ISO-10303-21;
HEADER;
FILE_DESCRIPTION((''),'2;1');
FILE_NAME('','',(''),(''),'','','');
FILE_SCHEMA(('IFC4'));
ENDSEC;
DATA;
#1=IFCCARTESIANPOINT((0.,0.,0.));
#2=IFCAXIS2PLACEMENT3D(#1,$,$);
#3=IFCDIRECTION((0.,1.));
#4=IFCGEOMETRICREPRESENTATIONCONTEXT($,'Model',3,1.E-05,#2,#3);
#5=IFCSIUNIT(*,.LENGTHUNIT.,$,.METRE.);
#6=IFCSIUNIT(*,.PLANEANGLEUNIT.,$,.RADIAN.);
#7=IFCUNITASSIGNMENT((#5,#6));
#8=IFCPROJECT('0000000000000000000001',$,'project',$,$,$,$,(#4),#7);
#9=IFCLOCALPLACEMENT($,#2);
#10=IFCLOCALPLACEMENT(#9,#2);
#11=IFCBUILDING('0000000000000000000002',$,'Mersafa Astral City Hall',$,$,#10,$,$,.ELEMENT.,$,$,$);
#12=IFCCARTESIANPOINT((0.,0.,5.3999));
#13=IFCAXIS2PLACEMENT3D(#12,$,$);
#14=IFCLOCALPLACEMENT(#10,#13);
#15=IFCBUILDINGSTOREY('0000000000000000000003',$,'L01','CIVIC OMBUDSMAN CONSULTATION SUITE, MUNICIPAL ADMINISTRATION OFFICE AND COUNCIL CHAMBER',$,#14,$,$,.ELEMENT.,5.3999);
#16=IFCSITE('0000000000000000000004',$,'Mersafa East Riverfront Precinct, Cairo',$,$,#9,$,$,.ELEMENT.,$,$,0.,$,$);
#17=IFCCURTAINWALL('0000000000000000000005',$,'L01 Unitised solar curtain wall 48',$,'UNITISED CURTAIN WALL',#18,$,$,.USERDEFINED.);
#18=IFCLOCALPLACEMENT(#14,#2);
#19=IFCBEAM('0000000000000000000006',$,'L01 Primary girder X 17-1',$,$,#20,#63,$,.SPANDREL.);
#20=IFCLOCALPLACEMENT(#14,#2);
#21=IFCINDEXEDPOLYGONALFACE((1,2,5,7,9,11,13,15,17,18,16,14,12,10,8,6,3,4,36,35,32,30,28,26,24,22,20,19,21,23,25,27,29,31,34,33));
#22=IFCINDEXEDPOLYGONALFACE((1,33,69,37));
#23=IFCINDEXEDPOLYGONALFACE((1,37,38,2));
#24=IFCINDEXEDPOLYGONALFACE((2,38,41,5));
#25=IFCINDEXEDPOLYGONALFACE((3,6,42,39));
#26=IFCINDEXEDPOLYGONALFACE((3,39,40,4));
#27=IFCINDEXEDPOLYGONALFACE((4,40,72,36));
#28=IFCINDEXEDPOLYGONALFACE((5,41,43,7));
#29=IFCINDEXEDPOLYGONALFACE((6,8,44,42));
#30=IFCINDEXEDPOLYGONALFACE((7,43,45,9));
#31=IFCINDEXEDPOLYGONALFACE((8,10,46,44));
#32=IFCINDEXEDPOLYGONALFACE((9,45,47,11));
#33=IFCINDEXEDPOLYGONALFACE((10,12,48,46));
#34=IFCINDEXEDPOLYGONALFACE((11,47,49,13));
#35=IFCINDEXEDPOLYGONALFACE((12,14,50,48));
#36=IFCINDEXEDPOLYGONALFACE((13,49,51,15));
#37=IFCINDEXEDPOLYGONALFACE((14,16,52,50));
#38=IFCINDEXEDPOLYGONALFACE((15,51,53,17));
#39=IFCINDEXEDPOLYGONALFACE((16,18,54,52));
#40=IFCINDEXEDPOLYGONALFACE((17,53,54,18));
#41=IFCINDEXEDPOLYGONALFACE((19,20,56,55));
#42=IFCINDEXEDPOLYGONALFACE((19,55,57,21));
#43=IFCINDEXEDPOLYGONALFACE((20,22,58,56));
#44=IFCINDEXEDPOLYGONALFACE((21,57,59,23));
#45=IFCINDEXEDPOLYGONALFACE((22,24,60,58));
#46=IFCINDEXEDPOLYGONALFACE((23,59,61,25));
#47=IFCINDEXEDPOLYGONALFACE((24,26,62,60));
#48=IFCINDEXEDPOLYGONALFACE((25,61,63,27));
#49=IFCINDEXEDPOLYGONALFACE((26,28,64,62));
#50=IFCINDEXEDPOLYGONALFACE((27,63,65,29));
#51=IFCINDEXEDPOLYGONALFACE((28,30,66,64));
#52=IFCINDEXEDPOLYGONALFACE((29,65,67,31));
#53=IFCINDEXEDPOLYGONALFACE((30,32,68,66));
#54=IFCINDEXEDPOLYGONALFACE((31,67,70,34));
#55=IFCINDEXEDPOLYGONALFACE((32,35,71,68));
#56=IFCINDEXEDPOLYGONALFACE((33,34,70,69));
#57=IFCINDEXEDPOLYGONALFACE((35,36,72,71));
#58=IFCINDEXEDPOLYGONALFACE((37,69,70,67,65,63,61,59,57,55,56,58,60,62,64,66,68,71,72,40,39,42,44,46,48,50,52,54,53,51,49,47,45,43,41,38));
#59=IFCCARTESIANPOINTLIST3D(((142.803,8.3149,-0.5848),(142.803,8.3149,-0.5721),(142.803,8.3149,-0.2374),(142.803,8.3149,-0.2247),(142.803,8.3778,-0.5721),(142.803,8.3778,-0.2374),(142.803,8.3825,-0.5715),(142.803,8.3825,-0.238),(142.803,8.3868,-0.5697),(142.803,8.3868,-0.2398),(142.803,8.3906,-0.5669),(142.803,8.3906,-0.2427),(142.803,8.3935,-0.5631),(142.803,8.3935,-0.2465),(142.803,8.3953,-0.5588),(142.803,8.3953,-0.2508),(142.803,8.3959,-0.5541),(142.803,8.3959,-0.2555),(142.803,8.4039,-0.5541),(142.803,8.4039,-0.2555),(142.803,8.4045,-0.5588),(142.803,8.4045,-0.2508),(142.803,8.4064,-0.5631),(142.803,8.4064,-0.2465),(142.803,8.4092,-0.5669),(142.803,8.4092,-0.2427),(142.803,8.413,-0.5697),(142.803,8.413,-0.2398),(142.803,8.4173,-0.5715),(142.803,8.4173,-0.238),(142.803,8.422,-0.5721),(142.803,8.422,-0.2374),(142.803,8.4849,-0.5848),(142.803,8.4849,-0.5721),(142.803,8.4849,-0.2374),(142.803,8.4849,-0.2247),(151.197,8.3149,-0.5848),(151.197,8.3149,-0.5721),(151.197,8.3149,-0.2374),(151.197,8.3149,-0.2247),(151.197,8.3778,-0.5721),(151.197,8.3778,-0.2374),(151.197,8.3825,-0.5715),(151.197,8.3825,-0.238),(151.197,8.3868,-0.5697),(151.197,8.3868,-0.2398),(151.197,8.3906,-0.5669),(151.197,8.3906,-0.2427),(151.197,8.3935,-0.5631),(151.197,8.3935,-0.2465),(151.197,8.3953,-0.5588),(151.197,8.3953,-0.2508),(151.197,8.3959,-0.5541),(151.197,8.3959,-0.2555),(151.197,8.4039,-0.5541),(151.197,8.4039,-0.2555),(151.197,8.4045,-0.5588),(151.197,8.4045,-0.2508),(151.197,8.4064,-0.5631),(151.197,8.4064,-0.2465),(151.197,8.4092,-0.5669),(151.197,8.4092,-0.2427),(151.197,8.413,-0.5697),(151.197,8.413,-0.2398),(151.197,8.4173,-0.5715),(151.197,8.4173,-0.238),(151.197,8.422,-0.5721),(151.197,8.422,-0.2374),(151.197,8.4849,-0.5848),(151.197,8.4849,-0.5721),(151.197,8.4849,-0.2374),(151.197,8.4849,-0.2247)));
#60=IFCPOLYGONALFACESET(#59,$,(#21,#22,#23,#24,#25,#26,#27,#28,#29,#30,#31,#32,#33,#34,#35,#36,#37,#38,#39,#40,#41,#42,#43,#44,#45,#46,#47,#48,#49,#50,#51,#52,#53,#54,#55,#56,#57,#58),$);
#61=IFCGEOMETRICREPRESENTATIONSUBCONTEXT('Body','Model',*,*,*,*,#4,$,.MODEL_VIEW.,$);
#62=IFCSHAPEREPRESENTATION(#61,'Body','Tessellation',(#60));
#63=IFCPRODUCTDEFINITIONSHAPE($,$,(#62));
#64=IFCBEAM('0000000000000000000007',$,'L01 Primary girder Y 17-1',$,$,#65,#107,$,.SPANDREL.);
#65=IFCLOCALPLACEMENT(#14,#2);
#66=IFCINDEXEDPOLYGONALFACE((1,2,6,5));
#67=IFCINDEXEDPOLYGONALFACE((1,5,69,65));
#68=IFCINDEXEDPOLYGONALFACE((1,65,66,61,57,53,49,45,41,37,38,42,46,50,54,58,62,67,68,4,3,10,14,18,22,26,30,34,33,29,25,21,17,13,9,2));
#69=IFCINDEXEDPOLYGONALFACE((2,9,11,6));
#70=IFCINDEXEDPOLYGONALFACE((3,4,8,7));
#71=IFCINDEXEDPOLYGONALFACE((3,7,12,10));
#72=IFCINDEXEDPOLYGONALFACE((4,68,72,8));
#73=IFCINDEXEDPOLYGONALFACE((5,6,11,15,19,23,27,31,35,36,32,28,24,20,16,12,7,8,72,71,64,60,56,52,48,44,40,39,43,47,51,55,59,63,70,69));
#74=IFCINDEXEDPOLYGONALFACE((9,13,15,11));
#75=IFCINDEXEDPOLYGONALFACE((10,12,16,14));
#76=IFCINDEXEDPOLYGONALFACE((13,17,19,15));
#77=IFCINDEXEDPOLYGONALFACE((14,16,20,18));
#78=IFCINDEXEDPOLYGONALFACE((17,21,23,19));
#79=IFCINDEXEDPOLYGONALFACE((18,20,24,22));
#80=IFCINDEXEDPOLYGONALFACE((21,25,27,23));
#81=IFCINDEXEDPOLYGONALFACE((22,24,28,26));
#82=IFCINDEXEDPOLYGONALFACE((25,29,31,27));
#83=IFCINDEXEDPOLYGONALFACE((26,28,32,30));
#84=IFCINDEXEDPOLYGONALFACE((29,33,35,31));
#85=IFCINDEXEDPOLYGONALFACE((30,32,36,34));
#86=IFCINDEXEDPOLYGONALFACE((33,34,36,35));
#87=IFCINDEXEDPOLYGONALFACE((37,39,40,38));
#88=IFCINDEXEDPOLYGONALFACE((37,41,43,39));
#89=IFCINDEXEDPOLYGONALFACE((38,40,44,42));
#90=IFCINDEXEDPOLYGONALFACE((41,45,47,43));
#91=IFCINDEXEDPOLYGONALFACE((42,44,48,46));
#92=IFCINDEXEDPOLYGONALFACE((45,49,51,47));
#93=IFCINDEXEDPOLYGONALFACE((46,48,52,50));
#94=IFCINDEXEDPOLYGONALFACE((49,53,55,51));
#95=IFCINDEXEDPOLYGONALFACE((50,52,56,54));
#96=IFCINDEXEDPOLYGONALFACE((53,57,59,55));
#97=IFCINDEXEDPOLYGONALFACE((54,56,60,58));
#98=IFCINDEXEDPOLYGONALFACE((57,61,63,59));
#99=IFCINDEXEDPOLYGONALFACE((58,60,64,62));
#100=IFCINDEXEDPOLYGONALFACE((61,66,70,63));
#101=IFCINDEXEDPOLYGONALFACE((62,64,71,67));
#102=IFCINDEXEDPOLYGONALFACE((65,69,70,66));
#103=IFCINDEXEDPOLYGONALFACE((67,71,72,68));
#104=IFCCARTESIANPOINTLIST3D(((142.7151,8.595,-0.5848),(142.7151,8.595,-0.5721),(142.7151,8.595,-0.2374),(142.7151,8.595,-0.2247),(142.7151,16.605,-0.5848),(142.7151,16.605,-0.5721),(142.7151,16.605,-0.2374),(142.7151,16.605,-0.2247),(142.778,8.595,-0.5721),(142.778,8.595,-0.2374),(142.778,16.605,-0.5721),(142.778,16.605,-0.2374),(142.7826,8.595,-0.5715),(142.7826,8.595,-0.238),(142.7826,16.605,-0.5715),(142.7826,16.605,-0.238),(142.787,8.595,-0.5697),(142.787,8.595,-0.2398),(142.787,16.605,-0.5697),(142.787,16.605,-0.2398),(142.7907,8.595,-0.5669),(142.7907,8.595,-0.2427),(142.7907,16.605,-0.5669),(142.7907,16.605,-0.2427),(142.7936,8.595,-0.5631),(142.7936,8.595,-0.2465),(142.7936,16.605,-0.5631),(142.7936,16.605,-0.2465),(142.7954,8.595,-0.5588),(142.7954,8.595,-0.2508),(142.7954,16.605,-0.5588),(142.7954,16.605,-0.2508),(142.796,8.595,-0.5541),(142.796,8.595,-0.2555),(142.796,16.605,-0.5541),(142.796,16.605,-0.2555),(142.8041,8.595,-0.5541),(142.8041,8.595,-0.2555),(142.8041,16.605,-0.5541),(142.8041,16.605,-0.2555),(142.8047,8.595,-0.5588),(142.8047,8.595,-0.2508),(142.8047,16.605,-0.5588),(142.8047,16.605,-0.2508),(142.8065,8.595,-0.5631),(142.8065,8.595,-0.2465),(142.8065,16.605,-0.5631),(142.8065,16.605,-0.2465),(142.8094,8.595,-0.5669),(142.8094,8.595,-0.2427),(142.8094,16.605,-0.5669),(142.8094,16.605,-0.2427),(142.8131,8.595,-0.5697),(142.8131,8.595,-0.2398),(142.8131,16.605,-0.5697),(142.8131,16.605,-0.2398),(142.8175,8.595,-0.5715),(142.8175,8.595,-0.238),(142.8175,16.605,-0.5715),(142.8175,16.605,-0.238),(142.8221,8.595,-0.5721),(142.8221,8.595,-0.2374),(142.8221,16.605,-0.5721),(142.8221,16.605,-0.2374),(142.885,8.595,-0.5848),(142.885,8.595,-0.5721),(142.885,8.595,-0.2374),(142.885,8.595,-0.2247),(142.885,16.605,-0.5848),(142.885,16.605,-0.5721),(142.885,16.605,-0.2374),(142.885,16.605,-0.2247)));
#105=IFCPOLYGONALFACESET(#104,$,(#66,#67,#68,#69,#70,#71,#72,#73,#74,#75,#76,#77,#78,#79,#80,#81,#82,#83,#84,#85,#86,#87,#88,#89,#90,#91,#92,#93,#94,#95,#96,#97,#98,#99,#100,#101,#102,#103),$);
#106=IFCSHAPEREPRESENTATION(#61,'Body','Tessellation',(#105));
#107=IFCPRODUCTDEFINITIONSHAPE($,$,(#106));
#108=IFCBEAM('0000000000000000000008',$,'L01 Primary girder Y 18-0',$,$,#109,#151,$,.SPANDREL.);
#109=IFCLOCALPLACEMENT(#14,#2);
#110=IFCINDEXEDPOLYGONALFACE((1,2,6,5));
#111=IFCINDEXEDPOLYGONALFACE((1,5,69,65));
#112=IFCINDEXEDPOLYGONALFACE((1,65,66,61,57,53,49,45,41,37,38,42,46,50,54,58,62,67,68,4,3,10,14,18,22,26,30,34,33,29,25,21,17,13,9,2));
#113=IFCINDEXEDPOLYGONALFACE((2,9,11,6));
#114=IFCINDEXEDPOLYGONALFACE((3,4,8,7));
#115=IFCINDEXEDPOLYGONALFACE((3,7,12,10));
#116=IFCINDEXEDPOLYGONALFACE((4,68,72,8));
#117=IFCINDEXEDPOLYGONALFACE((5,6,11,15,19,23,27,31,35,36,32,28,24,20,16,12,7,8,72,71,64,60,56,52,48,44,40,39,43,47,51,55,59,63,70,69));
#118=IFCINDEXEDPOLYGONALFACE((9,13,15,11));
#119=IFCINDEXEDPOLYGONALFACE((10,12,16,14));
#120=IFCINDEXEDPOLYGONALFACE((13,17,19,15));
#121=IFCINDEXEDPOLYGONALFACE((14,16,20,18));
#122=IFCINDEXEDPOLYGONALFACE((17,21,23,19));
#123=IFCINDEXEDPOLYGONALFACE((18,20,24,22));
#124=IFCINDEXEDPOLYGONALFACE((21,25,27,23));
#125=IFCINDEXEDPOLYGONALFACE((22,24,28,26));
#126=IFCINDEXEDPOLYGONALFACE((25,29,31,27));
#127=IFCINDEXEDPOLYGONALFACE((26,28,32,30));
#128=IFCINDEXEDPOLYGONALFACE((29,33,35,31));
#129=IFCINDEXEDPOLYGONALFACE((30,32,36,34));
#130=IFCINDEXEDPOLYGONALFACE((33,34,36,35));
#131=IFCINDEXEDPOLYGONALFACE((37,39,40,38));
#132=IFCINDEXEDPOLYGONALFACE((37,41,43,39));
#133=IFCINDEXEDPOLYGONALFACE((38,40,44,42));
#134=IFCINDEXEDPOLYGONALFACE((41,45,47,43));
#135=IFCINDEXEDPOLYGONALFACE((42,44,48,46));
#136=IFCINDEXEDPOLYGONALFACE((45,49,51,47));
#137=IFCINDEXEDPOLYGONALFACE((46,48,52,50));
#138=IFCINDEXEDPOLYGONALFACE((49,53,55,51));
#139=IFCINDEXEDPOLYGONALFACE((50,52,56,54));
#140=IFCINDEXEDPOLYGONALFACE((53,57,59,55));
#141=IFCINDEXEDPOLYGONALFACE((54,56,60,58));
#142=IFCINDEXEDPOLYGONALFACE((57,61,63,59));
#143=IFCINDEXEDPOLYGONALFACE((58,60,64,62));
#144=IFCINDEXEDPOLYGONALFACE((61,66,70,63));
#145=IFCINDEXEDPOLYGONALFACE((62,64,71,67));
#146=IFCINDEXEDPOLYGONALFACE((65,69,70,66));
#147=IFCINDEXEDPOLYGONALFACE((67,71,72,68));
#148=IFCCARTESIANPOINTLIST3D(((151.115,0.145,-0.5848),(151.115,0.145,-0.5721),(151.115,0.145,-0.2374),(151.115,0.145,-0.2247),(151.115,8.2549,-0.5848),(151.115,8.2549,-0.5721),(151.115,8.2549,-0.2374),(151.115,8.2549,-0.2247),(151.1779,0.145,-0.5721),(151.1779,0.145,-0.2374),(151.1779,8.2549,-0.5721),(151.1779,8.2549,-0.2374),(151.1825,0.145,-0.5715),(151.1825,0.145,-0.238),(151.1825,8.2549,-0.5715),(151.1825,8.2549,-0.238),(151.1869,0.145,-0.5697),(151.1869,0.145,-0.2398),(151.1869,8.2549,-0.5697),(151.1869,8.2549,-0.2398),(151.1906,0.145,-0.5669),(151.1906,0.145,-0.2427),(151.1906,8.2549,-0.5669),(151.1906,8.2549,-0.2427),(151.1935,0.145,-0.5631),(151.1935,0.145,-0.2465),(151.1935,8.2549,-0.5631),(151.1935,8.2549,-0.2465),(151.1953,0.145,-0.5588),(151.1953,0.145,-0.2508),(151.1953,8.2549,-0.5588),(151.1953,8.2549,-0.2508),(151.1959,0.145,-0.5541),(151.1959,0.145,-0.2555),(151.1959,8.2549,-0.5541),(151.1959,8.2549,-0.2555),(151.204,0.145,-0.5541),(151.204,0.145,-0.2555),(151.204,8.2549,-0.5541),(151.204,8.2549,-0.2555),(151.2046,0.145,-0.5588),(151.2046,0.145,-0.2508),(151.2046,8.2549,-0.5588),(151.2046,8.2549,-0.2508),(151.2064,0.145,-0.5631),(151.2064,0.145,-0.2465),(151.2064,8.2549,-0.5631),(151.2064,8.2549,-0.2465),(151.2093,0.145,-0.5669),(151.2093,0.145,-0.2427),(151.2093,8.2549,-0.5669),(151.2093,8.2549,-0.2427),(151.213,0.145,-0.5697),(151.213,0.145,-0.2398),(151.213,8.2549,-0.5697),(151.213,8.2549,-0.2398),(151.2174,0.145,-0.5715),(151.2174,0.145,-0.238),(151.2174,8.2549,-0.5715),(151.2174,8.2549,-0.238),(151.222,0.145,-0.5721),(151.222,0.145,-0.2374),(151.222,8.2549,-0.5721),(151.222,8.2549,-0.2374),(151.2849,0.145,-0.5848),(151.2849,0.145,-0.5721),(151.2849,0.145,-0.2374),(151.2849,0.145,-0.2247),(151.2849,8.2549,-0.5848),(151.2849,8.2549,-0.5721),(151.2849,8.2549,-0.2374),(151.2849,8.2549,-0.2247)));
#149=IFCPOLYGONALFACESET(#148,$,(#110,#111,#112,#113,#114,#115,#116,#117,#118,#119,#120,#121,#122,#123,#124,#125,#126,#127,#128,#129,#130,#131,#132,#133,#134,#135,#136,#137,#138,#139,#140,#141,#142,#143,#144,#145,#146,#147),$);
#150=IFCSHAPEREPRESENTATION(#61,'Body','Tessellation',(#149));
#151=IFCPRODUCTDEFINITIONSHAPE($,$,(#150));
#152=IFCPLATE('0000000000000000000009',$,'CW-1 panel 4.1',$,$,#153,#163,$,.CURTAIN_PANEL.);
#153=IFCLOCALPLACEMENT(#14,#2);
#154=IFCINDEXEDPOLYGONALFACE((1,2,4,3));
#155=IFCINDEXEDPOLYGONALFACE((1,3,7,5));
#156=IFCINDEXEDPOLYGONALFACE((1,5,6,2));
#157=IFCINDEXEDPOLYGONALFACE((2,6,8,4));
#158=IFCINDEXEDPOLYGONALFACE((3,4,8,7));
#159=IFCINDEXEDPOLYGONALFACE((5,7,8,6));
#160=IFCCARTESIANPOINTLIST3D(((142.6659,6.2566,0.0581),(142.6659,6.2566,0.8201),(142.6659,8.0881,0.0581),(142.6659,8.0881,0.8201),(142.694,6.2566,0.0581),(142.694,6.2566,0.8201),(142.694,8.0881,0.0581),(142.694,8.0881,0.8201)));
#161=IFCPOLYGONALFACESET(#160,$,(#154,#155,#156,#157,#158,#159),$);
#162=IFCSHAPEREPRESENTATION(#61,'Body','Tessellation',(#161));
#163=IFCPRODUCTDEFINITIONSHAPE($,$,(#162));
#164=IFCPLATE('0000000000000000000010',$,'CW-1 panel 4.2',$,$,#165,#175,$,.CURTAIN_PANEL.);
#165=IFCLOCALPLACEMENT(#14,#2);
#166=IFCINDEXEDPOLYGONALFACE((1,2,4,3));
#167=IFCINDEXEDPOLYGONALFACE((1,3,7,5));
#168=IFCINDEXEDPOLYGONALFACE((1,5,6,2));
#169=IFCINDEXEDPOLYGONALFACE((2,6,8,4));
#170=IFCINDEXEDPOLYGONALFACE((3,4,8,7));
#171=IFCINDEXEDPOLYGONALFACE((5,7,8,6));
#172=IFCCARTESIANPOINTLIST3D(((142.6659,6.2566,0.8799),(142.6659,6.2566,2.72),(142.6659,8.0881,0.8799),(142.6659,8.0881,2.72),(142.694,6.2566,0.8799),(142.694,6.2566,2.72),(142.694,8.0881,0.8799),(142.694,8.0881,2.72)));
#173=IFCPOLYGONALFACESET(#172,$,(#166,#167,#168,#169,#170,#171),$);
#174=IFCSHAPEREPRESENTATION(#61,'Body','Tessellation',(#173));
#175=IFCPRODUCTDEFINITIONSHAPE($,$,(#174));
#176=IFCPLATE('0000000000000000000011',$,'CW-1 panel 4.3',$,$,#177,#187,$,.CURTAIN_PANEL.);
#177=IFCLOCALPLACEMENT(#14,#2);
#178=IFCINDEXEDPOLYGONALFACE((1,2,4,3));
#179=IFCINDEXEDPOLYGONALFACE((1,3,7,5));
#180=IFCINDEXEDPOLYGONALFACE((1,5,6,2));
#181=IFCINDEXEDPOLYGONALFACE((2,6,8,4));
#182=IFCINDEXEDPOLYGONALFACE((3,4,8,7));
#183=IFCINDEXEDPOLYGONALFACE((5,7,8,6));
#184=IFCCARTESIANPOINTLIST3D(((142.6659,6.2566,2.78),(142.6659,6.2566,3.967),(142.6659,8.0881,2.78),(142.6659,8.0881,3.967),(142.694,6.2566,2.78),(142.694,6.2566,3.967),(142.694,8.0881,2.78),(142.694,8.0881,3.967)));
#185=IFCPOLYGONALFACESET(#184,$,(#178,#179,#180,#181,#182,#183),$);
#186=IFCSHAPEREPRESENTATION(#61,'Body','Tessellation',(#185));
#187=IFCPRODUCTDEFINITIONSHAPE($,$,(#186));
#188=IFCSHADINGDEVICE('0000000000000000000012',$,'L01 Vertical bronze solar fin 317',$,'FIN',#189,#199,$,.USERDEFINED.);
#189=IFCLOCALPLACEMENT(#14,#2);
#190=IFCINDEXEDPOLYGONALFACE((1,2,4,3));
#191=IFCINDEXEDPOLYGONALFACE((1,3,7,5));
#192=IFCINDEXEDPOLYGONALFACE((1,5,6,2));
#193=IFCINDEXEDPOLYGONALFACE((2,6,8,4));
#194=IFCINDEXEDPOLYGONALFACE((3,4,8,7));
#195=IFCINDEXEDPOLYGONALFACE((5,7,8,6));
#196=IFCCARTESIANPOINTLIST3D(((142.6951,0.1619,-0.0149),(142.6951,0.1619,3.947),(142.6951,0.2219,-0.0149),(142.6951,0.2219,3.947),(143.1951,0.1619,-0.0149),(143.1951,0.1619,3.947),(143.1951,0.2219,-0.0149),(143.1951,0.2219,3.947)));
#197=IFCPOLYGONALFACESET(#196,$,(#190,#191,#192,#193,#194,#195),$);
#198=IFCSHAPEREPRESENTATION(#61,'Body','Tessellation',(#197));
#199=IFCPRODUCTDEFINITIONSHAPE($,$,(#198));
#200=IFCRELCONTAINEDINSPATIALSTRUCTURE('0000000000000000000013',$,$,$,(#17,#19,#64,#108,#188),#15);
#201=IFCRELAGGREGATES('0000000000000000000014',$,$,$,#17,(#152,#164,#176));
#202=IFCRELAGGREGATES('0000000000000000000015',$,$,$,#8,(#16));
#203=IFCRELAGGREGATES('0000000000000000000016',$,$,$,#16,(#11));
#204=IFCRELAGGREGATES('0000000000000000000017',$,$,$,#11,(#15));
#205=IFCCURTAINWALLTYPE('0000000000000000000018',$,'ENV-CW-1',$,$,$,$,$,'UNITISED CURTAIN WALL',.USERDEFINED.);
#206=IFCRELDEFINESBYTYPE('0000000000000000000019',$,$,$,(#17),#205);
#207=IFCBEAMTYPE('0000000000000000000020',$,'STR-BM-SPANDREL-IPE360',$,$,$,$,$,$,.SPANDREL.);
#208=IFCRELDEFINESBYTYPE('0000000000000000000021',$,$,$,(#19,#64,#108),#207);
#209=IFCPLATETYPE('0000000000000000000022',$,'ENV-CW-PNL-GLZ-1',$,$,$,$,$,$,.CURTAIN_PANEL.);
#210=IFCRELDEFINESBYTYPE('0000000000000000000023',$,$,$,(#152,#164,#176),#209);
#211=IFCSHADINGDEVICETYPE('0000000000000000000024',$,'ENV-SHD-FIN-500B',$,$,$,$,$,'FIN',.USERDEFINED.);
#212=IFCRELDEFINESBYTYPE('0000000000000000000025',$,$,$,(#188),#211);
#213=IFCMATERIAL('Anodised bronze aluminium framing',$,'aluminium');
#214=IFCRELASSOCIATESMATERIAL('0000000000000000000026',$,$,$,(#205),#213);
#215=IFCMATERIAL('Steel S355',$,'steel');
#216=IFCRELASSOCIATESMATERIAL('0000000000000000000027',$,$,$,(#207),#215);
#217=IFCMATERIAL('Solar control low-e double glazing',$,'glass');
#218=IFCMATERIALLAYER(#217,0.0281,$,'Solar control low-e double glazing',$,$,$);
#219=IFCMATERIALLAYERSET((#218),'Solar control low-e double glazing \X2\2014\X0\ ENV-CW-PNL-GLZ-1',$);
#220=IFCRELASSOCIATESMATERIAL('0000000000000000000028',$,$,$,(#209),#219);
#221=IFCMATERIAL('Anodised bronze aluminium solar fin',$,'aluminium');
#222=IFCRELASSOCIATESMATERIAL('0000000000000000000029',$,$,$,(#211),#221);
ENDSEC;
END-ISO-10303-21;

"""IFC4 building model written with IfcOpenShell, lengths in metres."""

from ifc_helpers import new_model, si_unit, direction, frame, origin, origin_2d, place, context, subcontext, project, spatial, rectangle, i_section, extrude, material, layer, layer_set, material_profile, profile_set, type_object, element, aggregate, save


model = new_model("IFC4")

# Units and contexts
model_context = context("Model", 3, precision=1e-05, world=origin(), true_north=direction((0.0, 1.0)))
body_context = subcontext(model_context, "Body", "Model", "MODEL_VIEW")
ifc_project = project(units=[si_unit("LENGTHUNIT", "METRE"), si_unit("PLANEANGLEUNIT", "RADIAN")], contexts=[model_context])

# Site, building, storey
site_placement = place(None, origin())
site = spatial("IfcSite", under=ifc_project, at=site_placement, Name="Mersafa East Riverfront Precinct, Cairo", CompositionType="ELEMENT", RefElevation=0.0)
building_placement = place(site_placement, origin())
building = spatial("IfcBuilding", under=site, at=building_placement, Name="Mersafa Astral City Hall", CompositionType="ELEMENT")
storey_placement = place(building_placement, frame((0.0, 0.0, 5.3999)))
storey = spatial("IfcBuildingStorey", under=building, at=storey_placement, Name="L01", Description="CIVIC OMBUDSMAN CONSULTATION SUITE, MUNICIPAL ADMINISTRATION OFFICE AND COUNCIL CHAMBER", CompositionType="ELEMENT", Elevation=5.3999)

# Shared definitions
ifc_material_1 = material(Name="Steel S355", Category="steel")

# Curtain wall
ifc_material_2 = material(Name="Anodised bronze aluminium framing", Category="aluminium")
curtain_wall_type_1 = type_object("IfcCurtainWallType", Name="ENV-CW-1", ElementType="UNITISED CURTAIN WALL", PredefinedType="USERDEFINED", material=ifc_material_2)
curtain_wall_1_placement = place(storey_placement, origin())
curtain_wall_1 = element("IfcCurtainWall", 1, at=curtain_wall_1_placement, inside=storey, type_object=curtain_wall_type_1, Name="L01 Unitised solar curtain wall 48", ObjectType="UNITISED CURTAIN WALL", PredefinedType="USERDEFINED")

# Beams
ifc_material_profile_1 = material_profile(ifc_material_1, i_section(OverallWidth=0.1699, OverallDepth=0.3601, WebThickness=0.0081, FlangeThickness=0.0127, FilletRadius=0.0181, at=origin_2d()), Name="IPE 360")
ifc_profile_set_1 = profile_set([ifc_material_profile_1], Name="Steel S355")
beam_type_1 = type_object("IfcBeamType", Name="STR-BM-SPANDREL-IPE360", PredefinedType="SPANDREL", material=ifc_profile_set_1)
beam_1_placement = place(storey_placement, frame((142.803, 8.3999, -0.4048), z_axis=(1.0, 0.0, 0.0), x_axis=(0.0, 1.0, 0.0)))
element("IfcBeam", 2, at=beam_1_placement, inside=storey, type_object=beam_type_1, Name="L01 Primary girder X 17-1", PredefinedType="SPANDREL", context=body_context, shape_type="SweptSolid", body=[
    extrude(i_section(OverallWidth=0.1699, OverallDepth=0.3601, WebThickness=0.0081, FlangeThickness=0.0127, FilletRadius=0.0181, at=origin_2d()), origin(), (0.0, 0.0, 1.0), 8.394),
])
beam_2_placement = place(storey_placement, frame((142.8, 8.595, -0.4048), z_axis=(0.0, 1.0, 0.0), x_axis=(-1.0, 0.0, 0.0)))
element("IfcBeam", 3, at=beam_2_placement, inside=storey, type_object=beam_type_1, Name="L01 Primary girder Y 17-1", PredefinedType="SPANDREL", context=body_context, shape_type="SweptSolid", body=[
    extrude(i_section(OverallWidth=0.1699, OverallDepth=0.3601, WebThickness=0.0081, FlangeThickness=0.0127, FilletRadius=0.0181, at=origin_2d()), origin(), (0.0, 0.0, 1.0), 8.01),
])
beam_3_placement = place(storey_placement, frame((151.2, 0.145, -0.4048), z_axis=(0.0, 1.0, 0.0), x_axis=(-1.0, 0.0, 0.0)))
element("IfcBeam", 4, at=beam_3_placement, inside=storey, type_object=beam_type_1, Name="L01 Primary girder Y 18-0", PredefinedType="SPANDREL", context=body_context, shape_type="SweptSolid", body=[
    extrude(i_section(OverallWidth=0.1699, OverallDepth=0.3601, WebThickness=0.0081, FlangeThickness=0.0127, FilletRadius=0.0181, at=origin_2d()), origin(), (0.0, 0.0, 1.0), 8.1099),
])

# Plates
ifc_material_3 = material(Name="Solar control low-e double glazing", Category="glass")
ifc_layer = layer(ifc_material_3, 0.0281, Name="Solar control low-e double glazing")
ifc_layer_set = layer_set([ifc_layer], Name="Solar control low-e double glazing — ENV-CW-PNL-GLZ-1")
plate_type = type_object("IfcPlateType", Name="ENV-CW-PNL-GLZ-1", PredefinedType="CURTAIN_PANEL", material=ifc_layer_set)
plate_1_placement = place(storey_placement, frame((142.6799, 7.1724, 0.0581), z_axis=(0.0, 0.0, 1.0), x_axis=(0.0, 1.0, 0.0)))
plate_1 = element("IfcPlate", 5, at=plate_1_placement, type_object=plate_type, Name="CW-1 panel 4.1", PredefinedType="CURTAIN_PANEL", context=body_context, shape_type="SweptSolid", body=[
    extrude(rectangle(XDim=1.8315, YDim=0.0281, at=origin_2d()), origin(), (0.0, 0.0, 1.0), 0.762),
])
plate_2_placement = place(storey_placement, frame((142.6799, 7.1724, 0.8799), z_axis=(0.0, 0.0, 1.0), x_axis=(0.0, 1.0, 0.0)))
plate_2 = element("IfcPlate", 6, at=plate_2_placement, type_object=plate_type, Name="CW-1 panel 4.2", PredefinedType="CURTAIN_PANEL", context=body_context, shape_type="SweptSolid", body=[
    extrude(rectangle(XDim=1.8315, YDim=0.0281, at=origin_2d()), origin(), (0.0, 0.0, 1.0), 1.8401),
])
plate_3_placement = place(storey_placement, frame((142.6799, 7.1724, 2.78), z_axis=(0.0, 0.0, 1.0), x_axis=(0.0, 1.0, 0.0)))
plate_3 = element("IfcPlate", 7, at=plate_3_placement, type_object=plate_type, Name="CW-1 panel 4.3", PredefinedType="CURTAIN_PANEL", context=body_context, shape_type="SweptSolid", body=[
    extrude(rectangle(XDim=1.8315, YDim=0.0281, at=origin_2d()), origin(), (0.0, 0.0, 1.0), 1.187),
])
aggregate(curtain_wall_1, [plate_1, plate_2, plate_3])

# Shading device
ifc_material_4 = material(Name="Anodised bronze aluminium solar fin", Category="aluminium")
shading_device_type_1 = type_object("IfcShadingDeviceType", Name="ENV-SHD-FIN-500B", ElementType="FIN", PredefinedType="USERDEFINED", material=ifc_material_4)
for number, where, z_axis, x_axis, name in (
    (8, (142.9451, 0.1919, -0.0149), (0.0, 0.0, 1.0), (0.0, 1.0, 0.0), "L01 Vertical bronze solar fin 317"),
):
    element("IfcShadingDevice", number, at=place(storey_placement, frame(where, z_axis=z_axis, x_axis=x_axis)), inside=storey, type_object=shading_device_type_1, Name=name, ObjectType="FIN", PredefinedType="USERDEFINED", context=body_context, shape_type="SweptSolid", body=[
        extrude(rectangle(XDim=0.0601, YDim=0.5, at=origin_2d()), origin(), (0.0, 0.0, 1.0), 3.9619),
    ])

save(model, "model.ifc")
